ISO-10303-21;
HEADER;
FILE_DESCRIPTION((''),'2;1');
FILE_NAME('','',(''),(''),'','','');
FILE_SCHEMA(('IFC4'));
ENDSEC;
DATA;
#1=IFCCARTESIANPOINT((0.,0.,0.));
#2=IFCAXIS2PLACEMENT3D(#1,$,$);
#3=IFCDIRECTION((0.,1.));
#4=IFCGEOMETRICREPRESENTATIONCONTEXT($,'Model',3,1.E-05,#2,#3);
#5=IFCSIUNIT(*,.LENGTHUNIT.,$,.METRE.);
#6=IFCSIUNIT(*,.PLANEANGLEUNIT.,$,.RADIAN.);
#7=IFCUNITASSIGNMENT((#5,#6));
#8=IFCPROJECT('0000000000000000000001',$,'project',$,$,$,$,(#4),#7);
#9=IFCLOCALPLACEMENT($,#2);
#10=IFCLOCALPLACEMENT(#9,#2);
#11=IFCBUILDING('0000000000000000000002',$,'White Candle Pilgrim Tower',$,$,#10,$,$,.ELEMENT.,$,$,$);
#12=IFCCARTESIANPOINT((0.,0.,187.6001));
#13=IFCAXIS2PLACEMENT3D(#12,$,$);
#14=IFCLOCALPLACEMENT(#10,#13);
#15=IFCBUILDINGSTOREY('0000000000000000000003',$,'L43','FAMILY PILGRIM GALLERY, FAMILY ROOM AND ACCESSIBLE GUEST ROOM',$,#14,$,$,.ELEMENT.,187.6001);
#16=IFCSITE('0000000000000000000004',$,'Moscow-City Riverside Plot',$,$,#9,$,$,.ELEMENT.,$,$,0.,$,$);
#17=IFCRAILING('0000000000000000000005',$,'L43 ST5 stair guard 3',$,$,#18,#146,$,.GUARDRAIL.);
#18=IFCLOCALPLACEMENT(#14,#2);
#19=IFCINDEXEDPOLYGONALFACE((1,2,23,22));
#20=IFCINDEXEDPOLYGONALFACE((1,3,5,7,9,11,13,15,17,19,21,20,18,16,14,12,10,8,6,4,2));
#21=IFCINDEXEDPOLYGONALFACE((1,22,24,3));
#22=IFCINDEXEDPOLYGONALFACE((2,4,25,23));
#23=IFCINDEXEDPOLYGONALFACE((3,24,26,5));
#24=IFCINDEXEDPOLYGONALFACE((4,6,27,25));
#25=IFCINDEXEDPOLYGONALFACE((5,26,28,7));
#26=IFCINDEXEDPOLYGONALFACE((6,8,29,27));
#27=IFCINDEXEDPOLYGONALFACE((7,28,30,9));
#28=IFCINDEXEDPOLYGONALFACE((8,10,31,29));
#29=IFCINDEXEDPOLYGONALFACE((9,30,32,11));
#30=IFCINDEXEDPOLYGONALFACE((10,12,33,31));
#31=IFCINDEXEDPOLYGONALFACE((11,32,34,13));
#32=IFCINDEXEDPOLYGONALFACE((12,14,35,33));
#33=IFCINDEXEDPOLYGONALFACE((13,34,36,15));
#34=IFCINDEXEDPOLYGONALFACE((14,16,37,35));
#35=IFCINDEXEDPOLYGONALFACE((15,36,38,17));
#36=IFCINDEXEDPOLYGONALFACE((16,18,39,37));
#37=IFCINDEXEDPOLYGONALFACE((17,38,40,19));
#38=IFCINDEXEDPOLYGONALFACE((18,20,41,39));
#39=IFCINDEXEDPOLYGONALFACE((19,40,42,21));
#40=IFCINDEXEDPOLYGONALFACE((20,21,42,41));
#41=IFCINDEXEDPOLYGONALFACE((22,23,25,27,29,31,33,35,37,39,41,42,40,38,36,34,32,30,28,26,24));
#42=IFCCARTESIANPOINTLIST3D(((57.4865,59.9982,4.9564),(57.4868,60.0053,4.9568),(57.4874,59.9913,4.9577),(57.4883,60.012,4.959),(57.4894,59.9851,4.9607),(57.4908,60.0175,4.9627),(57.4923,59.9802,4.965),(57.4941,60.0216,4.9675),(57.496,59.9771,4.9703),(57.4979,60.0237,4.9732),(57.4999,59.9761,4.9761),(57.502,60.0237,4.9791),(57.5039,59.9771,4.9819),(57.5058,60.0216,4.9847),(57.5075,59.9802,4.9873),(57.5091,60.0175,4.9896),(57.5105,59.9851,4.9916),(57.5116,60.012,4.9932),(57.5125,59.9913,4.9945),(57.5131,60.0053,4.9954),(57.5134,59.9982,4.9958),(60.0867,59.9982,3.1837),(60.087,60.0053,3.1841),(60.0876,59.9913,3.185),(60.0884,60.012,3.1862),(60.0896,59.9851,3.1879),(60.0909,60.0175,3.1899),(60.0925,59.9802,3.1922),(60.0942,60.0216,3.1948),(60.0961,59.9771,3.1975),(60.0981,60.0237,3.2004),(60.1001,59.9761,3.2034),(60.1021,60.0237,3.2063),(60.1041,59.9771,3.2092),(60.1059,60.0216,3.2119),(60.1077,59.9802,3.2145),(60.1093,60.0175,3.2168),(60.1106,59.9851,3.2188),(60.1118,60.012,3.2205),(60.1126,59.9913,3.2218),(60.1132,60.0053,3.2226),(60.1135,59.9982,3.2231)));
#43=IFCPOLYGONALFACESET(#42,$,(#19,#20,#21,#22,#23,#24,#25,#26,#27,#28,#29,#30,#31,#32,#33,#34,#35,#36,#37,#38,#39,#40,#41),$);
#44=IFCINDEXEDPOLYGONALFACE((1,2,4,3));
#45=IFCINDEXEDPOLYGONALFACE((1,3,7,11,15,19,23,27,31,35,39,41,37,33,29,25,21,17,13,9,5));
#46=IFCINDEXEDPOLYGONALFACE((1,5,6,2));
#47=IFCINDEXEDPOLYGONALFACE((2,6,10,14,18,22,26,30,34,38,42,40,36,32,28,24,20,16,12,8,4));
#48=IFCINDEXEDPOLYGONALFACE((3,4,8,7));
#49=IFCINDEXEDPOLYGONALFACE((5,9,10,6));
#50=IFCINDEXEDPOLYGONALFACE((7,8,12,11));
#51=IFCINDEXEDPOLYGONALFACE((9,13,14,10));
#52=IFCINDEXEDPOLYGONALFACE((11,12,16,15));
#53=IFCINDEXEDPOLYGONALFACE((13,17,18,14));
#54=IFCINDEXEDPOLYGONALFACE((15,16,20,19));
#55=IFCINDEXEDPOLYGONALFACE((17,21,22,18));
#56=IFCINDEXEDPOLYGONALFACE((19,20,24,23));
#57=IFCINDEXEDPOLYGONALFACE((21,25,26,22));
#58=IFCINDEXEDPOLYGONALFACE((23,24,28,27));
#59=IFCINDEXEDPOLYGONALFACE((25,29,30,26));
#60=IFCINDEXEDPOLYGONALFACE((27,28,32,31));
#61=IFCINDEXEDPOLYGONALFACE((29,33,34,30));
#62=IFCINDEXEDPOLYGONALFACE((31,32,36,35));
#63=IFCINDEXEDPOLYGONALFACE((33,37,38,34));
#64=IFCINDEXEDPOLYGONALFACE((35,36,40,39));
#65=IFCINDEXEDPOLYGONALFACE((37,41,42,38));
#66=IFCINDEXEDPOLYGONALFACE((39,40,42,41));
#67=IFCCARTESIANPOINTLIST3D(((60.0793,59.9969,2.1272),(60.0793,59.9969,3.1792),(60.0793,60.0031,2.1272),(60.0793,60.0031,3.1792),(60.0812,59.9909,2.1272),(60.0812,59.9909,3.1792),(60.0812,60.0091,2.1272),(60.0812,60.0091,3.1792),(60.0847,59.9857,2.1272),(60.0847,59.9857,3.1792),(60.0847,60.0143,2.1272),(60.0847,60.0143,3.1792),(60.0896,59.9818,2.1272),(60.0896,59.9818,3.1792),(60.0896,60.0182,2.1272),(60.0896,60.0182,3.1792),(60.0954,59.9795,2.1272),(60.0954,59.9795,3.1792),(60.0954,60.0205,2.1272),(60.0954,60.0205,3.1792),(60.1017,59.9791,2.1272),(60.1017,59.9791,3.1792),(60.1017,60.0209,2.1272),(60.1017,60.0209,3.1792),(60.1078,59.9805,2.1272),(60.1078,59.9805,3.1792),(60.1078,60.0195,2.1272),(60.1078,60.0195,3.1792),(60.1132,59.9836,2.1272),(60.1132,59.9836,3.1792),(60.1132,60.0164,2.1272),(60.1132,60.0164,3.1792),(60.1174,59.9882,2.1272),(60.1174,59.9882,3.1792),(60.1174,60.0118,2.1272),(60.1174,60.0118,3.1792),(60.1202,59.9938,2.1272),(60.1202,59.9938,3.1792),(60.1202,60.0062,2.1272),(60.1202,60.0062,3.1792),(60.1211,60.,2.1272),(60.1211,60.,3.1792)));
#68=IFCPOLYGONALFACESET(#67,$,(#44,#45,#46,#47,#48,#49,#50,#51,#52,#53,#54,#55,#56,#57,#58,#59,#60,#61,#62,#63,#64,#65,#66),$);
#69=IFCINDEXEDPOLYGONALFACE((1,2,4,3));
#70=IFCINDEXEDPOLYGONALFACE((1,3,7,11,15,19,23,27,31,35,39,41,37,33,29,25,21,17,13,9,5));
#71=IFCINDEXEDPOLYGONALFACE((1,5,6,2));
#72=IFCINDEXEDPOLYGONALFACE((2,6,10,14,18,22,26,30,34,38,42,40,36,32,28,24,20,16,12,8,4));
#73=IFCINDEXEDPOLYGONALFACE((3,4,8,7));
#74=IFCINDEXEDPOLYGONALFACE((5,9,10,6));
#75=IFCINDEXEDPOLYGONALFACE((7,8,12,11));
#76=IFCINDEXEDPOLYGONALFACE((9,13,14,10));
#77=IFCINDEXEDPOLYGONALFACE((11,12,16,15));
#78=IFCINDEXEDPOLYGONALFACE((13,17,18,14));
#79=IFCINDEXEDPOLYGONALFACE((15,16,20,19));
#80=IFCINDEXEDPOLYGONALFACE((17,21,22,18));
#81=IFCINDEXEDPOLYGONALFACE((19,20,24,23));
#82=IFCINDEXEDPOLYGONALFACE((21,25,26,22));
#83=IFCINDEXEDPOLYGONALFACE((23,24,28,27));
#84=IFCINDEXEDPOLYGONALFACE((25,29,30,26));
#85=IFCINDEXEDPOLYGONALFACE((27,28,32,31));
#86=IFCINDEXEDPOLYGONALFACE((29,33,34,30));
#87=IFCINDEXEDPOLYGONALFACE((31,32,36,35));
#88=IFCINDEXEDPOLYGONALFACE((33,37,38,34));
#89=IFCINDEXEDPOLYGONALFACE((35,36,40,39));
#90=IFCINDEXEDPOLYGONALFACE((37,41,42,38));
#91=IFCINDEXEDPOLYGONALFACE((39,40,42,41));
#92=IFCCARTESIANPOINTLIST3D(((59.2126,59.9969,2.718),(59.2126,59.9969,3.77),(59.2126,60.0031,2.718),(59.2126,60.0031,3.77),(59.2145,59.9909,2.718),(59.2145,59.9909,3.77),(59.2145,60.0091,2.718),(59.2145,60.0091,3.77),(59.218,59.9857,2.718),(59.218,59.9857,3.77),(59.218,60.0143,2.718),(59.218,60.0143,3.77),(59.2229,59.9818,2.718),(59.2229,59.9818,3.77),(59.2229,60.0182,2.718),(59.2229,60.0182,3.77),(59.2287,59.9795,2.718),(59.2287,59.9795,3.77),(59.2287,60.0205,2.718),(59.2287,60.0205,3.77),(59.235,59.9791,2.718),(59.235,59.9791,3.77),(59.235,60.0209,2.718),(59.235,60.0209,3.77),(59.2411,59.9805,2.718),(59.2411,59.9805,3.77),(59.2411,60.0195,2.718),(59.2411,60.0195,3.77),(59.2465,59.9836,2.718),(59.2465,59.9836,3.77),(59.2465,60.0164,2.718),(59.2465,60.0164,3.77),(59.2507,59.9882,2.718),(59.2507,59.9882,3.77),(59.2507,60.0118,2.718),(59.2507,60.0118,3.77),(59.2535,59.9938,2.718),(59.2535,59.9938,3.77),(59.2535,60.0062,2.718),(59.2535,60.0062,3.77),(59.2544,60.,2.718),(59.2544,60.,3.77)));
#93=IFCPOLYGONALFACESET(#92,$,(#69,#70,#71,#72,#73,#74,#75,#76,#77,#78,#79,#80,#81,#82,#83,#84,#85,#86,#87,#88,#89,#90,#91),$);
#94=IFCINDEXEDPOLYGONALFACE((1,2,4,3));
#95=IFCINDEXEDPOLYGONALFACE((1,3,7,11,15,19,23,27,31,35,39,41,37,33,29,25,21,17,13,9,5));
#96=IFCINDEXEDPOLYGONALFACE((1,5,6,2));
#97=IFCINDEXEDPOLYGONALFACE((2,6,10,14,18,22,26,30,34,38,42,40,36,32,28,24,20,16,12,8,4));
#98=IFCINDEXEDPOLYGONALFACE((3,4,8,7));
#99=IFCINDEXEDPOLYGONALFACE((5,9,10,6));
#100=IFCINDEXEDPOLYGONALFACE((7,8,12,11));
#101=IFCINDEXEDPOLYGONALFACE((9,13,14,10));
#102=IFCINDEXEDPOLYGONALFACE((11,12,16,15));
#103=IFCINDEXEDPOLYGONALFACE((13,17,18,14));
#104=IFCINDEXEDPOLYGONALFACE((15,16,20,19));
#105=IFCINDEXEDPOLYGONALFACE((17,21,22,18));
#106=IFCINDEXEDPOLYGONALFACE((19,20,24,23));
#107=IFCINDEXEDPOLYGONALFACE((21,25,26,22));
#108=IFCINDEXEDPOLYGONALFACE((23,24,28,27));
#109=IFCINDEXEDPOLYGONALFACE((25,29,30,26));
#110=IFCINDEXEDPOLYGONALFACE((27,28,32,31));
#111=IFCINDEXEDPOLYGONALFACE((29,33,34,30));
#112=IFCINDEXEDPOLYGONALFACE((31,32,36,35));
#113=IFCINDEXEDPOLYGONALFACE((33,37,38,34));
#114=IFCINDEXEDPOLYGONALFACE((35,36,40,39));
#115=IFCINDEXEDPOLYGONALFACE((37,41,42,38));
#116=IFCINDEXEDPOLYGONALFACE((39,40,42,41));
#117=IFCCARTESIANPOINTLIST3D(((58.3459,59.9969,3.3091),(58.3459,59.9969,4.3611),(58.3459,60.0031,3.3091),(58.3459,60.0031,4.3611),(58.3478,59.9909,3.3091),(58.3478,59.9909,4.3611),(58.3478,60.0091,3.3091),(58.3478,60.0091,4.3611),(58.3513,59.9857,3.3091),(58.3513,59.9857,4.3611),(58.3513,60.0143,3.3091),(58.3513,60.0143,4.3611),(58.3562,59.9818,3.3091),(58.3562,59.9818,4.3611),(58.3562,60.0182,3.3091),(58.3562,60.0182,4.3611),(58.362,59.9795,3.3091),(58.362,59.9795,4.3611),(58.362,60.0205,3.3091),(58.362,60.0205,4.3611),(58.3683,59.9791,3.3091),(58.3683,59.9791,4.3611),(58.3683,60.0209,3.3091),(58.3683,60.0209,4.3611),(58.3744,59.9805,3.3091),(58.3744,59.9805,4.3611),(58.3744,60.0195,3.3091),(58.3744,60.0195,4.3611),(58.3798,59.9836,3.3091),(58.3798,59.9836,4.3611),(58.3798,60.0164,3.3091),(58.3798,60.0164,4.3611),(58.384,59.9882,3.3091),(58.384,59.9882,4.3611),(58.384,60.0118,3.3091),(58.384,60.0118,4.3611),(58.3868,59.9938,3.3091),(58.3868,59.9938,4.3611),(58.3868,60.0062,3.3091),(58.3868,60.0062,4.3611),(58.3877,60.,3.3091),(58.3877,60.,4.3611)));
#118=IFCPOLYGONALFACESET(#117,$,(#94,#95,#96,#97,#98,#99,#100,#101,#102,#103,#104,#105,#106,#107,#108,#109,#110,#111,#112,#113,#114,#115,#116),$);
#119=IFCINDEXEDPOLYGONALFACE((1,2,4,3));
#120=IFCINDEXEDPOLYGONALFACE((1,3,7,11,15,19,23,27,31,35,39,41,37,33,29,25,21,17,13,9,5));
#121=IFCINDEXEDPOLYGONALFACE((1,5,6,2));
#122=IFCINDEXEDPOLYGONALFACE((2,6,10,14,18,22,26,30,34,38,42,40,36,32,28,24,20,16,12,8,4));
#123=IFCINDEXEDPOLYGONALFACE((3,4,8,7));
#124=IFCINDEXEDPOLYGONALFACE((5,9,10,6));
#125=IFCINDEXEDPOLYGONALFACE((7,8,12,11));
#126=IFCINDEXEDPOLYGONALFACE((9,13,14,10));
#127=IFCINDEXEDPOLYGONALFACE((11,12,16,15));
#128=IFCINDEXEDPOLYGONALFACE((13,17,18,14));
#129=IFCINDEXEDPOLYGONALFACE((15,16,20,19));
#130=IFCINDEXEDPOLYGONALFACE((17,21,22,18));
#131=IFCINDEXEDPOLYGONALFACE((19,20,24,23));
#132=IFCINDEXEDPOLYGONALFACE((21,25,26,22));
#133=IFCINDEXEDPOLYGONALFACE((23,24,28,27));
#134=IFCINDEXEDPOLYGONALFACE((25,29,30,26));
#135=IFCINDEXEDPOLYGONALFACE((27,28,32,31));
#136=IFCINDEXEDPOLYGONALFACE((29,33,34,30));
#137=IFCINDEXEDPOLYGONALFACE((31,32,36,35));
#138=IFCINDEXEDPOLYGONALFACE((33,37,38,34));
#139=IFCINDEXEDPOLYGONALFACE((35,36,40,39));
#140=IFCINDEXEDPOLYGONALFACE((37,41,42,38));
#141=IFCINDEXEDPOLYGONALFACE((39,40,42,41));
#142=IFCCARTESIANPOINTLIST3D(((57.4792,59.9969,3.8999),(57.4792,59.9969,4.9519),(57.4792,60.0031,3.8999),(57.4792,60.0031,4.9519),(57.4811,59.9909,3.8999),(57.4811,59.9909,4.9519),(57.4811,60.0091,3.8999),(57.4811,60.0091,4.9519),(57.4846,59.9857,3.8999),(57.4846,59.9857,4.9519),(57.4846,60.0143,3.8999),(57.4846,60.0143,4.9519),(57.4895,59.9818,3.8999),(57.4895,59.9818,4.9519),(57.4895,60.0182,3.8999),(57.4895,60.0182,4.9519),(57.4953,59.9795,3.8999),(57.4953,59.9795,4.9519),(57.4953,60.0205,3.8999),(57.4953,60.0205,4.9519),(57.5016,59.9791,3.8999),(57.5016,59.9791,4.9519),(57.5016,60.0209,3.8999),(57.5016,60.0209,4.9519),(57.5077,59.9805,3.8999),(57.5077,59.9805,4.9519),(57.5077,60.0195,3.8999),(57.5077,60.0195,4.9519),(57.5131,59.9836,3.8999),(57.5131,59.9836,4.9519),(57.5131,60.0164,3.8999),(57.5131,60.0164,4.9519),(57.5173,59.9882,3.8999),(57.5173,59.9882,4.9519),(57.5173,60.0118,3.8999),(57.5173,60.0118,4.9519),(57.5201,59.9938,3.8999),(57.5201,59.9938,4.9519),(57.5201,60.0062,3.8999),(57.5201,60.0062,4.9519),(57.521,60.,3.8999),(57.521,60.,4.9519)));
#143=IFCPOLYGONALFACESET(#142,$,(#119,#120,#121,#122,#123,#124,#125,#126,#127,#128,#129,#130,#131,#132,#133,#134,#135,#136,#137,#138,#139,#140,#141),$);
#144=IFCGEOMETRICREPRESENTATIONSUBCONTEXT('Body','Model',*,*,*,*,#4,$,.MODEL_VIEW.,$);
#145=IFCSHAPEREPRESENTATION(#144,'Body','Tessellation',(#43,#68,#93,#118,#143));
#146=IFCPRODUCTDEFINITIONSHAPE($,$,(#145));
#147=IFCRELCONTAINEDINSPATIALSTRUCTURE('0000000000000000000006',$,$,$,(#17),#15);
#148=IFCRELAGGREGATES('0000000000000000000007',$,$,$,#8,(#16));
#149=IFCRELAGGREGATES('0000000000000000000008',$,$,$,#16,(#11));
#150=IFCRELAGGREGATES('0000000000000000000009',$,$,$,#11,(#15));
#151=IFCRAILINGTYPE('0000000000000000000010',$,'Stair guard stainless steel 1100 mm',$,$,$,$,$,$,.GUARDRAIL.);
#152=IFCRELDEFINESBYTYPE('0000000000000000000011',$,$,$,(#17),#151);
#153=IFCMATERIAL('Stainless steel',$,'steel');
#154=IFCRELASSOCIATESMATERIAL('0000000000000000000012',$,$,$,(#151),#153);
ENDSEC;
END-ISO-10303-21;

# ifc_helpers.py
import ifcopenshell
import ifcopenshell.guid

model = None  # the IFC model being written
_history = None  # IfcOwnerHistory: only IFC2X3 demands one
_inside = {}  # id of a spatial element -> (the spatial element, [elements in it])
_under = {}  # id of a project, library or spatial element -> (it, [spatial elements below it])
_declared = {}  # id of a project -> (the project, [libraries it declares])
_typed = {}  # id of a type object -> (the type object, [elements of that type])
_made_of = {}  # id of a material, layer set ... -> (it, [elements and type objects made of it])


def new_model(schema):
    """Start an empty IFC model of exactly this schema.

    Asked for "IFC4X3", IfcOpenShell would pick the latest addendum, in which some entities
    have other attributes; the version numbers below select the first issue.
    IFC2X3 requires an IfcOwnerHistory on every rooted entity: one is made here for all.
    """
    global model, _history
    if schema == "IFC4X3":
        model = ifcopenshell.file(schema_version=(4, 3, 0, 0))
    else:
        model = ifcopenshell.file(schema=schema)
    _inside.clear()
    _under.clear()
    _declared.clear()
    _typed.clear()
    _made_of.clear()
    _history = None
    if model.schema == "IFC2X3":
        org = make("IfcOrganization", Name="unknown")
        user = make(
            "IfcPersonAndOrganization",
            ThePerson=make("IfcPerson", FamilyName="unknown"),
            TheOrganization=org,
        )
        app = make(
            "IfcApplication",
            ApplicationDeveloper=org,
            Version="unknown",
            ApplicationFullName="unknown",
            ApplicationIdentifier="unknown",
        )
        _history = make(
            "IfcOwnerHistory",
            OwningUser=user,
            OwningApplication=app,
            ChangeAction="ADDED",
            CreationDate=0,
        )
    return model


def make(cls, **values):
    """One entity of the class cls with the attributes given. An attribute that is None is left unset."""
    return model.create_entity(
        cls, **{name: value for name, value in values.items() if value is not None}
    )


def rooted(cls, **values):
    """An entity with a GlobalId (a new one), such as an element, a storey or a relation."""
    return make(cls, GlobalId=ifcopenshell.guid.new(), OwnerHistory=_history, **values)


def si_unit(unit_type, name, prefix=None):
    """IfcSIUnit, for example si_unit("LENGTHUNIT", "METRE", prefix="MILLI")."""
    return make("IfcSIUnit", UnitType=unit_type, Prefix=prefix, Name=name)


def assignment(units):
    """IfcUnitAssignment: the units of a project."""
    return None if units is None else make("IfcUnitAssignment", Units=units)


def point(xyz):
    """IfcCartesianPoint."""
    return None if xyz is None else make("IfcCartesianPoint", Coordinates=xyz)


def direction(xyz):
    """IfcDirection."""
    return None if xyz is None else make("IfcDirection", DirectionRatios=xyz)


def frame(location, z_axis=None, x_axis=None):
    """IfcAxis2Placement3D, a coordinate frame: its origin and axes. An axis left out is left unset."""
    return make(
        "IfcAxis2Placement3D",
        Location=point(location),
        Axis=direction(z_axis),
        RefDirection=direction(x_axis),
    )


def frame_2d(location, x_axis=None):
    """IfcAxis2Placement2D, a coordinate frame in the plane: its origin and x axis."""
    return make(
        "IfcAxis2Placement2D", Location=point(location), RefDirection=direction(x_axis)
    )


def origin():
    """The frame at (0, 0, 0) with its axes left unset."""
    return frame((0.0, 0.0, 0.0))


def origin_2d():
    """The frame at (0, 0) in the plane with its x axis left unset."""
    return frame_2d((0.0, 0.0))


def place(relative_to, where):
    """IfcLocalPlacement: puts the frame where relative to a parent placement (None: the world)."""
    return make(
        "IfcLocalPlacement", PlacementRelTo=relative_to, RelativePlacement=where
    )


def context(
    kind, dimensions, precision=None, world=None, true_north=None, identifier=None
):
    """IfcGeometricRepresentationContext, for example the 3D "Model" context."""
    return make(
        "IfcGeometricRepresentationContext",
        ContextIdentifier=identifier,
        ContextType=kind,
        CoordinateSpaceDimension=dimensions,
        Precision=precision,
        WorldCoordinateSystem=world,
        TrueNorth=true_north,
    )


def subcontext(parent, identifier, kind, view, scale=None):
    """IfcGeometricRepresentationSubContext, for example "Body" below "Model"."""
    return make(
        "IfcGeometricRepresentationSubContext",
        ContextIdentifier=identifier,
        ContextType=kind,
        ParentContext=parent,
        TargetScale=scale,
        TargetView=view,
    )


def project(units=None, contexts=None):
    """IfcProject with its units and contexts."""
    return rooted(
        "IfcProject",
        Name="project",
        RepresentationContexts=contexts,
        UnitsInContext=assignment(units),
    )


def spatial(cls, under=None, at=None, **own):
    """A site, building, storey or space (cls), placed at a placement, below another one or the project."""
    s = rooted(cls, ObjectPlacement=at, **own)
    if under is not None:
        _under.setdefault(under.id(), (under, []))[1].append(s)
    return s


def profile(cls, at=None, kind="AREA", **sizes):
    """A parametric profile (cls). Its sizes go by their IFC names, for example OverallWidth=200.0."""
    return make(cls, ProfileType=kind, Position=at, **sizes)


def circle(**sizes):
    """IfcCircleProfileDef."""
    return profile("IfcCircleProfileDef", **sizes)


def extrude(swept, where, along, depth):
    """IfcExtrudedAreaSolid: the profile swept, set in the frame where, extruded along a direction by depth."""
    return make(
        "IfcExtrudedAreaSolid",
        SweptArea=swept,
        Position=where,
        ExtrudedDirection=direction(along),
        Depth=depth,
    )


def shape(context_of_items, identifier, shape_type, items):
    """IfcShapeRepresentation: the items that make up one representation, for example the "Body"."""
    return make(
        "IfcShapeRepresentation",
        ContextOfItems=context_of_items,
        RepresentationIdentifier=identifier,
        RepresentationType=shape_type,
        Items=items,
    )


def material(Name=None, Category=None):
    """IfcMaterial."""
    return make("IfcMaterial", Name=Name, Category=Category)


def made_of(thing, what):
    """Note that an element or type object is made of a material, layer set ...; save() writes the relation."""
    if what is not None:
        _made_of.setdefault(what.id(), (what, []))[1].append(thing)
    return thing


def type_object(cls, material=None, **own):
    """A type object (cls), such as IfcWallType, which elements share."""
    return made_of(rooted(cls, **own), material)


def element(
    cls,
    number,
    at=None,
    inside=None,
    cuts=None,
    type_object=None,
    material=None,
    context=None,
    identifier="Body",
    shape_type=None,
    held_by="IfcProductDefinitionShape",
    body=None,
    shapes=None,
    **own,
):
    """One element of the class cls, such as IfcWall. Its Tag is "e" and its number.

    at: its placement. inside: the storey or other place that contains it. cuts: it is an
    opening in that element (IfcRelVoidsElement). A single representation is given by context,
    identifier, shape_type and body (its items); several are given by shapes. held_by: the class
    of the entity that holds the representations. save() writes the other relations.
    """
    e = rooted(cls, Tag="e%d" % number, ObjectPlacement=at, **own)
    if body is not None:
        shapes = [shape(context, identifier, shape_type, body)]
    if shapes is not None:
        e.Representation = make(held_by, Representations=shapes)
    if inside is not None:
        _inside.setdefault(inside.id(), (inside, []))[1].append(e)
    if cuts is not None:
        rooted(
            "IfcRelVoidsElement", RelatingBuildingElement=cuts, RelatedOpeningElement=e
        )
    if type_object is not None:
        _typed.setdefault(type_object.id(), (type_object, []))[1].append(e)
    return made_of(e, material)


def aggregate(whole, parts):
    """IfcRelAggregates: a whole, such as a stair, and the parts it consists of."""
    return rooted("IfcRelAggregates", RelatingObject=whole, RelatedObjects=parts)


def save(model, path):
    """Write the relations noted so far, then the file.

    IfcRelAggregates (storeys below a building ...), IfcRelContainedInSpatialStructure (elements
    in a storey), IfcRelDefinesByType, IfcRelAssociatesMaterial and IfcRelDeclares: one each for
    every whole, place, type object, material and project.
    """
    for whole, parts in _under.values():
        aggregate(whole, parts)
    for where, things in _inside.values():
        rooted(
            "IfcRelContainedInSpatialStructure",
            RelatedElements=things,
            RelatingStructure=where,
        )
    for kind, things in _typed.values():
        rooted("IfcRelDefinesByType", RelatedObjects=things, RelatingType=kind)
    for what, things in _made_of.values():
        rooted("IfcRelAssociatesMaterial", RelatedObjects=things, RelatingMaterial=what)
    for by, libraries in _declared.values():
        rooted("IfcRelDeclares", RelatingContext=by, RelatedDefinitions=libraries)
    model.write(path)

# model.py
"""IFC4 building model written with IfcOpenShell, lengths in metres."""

from ifc_helpers import new_model, si_unit, direction, frame, origin, origin_2d, place, context, subcontext, project, spatial, circle, extrude, material, type_object, element, save


model = new_model("IFC4")

# Units and contexts
model_context = context("Model", 3, precision=1e-05, world=origin(), true_north=direction((0.0, 1.0)))
body_context = subcontext(model_context, "Body", "Model", "MODEL_VIEW")
ifc_project = project(units=[si_unit("LENGTHUNIT", "METRE"), si_unit("PLANEANGLEUNIT", "RADIAN")], contexts=[model_context])

# Site, building, storey
site_placement = place(None, origin())
site = spatial("IfcSite", under=ifc_project, at=site_placement, Name="Moscow-City Riverside Plot", CompositionType="ELEMENT", RefElevation=0.0)
building_placement = place(site_placement, origin())
building = spatial("IfcBuilding", under=site, at=building_placement, Name="White Candle Pilgrim Tower", CompositionType="ELEMENT")
storey_placement = place(building_placement, frame((0.0, 0.0, 187.6001)))
storey = spatial("IfcBuildingStorey", under=building, at=storey_placement, Name="L43", Description="FAMILY PILGRIM GALLERY, FAMILY ROOM AND ACCESSIBLE GUEST ROOM", CompositionType="ELEMENT", Elevation=187.6001)

# Railing
ifc_material_1 = material(Name="Stainless steel", Category="steel")
railing_type_1 = type_object("IfcRailingType", Name="Stair guard stainless steel 1100 mm", PredefinedType="GUARDRAIL", material=ifc_material_1)
railing_1_placement = place(storey_placement, frame((60.1001, 60.0, 2.1272)))
element("IfcRailing", 1, at=railing_1_placement, inside=storey, type_object=railing_type_1, Name="L43 ST5 stair guard 3", PredefinedType="GUARDRAIL", context=body_context, shape_type="SweptSolid", body=[
    extrude(circle(Radius=0.0239, at=origin_2d()), frame((0.0, 0.0, 1.0762), z_axis=(-0.82624, 0.0, 0.563318), x_axis=(0.0, -1.0, 0.0)), (0.0, 0.0, 1.0), 3.147),
    extrude(circle(Radius=0.021, at=origin_2d()), origin(), (0.0, 0.0, 1.0), 1.052),
    extrude(circle(Radius=0.021, at=origin_2d()), frame((-0.8667, 0.0, 0.5908)), (0.0, 0.0, 1.0), 1.052),
    extrude(circle(Radius=0.021, at=origin_2d()), frame((-1.7334, 0.0, 1.1819)), (0.0, 0.0, 1.0), 1.052),
    extrude(circle(Radius=0.021, at=origin_2d()), frame((-2.6001, 0.0, 1.7727)), (0.0, 0.0, 1.0), 1.052),
])

save(model, "model.ifc")
